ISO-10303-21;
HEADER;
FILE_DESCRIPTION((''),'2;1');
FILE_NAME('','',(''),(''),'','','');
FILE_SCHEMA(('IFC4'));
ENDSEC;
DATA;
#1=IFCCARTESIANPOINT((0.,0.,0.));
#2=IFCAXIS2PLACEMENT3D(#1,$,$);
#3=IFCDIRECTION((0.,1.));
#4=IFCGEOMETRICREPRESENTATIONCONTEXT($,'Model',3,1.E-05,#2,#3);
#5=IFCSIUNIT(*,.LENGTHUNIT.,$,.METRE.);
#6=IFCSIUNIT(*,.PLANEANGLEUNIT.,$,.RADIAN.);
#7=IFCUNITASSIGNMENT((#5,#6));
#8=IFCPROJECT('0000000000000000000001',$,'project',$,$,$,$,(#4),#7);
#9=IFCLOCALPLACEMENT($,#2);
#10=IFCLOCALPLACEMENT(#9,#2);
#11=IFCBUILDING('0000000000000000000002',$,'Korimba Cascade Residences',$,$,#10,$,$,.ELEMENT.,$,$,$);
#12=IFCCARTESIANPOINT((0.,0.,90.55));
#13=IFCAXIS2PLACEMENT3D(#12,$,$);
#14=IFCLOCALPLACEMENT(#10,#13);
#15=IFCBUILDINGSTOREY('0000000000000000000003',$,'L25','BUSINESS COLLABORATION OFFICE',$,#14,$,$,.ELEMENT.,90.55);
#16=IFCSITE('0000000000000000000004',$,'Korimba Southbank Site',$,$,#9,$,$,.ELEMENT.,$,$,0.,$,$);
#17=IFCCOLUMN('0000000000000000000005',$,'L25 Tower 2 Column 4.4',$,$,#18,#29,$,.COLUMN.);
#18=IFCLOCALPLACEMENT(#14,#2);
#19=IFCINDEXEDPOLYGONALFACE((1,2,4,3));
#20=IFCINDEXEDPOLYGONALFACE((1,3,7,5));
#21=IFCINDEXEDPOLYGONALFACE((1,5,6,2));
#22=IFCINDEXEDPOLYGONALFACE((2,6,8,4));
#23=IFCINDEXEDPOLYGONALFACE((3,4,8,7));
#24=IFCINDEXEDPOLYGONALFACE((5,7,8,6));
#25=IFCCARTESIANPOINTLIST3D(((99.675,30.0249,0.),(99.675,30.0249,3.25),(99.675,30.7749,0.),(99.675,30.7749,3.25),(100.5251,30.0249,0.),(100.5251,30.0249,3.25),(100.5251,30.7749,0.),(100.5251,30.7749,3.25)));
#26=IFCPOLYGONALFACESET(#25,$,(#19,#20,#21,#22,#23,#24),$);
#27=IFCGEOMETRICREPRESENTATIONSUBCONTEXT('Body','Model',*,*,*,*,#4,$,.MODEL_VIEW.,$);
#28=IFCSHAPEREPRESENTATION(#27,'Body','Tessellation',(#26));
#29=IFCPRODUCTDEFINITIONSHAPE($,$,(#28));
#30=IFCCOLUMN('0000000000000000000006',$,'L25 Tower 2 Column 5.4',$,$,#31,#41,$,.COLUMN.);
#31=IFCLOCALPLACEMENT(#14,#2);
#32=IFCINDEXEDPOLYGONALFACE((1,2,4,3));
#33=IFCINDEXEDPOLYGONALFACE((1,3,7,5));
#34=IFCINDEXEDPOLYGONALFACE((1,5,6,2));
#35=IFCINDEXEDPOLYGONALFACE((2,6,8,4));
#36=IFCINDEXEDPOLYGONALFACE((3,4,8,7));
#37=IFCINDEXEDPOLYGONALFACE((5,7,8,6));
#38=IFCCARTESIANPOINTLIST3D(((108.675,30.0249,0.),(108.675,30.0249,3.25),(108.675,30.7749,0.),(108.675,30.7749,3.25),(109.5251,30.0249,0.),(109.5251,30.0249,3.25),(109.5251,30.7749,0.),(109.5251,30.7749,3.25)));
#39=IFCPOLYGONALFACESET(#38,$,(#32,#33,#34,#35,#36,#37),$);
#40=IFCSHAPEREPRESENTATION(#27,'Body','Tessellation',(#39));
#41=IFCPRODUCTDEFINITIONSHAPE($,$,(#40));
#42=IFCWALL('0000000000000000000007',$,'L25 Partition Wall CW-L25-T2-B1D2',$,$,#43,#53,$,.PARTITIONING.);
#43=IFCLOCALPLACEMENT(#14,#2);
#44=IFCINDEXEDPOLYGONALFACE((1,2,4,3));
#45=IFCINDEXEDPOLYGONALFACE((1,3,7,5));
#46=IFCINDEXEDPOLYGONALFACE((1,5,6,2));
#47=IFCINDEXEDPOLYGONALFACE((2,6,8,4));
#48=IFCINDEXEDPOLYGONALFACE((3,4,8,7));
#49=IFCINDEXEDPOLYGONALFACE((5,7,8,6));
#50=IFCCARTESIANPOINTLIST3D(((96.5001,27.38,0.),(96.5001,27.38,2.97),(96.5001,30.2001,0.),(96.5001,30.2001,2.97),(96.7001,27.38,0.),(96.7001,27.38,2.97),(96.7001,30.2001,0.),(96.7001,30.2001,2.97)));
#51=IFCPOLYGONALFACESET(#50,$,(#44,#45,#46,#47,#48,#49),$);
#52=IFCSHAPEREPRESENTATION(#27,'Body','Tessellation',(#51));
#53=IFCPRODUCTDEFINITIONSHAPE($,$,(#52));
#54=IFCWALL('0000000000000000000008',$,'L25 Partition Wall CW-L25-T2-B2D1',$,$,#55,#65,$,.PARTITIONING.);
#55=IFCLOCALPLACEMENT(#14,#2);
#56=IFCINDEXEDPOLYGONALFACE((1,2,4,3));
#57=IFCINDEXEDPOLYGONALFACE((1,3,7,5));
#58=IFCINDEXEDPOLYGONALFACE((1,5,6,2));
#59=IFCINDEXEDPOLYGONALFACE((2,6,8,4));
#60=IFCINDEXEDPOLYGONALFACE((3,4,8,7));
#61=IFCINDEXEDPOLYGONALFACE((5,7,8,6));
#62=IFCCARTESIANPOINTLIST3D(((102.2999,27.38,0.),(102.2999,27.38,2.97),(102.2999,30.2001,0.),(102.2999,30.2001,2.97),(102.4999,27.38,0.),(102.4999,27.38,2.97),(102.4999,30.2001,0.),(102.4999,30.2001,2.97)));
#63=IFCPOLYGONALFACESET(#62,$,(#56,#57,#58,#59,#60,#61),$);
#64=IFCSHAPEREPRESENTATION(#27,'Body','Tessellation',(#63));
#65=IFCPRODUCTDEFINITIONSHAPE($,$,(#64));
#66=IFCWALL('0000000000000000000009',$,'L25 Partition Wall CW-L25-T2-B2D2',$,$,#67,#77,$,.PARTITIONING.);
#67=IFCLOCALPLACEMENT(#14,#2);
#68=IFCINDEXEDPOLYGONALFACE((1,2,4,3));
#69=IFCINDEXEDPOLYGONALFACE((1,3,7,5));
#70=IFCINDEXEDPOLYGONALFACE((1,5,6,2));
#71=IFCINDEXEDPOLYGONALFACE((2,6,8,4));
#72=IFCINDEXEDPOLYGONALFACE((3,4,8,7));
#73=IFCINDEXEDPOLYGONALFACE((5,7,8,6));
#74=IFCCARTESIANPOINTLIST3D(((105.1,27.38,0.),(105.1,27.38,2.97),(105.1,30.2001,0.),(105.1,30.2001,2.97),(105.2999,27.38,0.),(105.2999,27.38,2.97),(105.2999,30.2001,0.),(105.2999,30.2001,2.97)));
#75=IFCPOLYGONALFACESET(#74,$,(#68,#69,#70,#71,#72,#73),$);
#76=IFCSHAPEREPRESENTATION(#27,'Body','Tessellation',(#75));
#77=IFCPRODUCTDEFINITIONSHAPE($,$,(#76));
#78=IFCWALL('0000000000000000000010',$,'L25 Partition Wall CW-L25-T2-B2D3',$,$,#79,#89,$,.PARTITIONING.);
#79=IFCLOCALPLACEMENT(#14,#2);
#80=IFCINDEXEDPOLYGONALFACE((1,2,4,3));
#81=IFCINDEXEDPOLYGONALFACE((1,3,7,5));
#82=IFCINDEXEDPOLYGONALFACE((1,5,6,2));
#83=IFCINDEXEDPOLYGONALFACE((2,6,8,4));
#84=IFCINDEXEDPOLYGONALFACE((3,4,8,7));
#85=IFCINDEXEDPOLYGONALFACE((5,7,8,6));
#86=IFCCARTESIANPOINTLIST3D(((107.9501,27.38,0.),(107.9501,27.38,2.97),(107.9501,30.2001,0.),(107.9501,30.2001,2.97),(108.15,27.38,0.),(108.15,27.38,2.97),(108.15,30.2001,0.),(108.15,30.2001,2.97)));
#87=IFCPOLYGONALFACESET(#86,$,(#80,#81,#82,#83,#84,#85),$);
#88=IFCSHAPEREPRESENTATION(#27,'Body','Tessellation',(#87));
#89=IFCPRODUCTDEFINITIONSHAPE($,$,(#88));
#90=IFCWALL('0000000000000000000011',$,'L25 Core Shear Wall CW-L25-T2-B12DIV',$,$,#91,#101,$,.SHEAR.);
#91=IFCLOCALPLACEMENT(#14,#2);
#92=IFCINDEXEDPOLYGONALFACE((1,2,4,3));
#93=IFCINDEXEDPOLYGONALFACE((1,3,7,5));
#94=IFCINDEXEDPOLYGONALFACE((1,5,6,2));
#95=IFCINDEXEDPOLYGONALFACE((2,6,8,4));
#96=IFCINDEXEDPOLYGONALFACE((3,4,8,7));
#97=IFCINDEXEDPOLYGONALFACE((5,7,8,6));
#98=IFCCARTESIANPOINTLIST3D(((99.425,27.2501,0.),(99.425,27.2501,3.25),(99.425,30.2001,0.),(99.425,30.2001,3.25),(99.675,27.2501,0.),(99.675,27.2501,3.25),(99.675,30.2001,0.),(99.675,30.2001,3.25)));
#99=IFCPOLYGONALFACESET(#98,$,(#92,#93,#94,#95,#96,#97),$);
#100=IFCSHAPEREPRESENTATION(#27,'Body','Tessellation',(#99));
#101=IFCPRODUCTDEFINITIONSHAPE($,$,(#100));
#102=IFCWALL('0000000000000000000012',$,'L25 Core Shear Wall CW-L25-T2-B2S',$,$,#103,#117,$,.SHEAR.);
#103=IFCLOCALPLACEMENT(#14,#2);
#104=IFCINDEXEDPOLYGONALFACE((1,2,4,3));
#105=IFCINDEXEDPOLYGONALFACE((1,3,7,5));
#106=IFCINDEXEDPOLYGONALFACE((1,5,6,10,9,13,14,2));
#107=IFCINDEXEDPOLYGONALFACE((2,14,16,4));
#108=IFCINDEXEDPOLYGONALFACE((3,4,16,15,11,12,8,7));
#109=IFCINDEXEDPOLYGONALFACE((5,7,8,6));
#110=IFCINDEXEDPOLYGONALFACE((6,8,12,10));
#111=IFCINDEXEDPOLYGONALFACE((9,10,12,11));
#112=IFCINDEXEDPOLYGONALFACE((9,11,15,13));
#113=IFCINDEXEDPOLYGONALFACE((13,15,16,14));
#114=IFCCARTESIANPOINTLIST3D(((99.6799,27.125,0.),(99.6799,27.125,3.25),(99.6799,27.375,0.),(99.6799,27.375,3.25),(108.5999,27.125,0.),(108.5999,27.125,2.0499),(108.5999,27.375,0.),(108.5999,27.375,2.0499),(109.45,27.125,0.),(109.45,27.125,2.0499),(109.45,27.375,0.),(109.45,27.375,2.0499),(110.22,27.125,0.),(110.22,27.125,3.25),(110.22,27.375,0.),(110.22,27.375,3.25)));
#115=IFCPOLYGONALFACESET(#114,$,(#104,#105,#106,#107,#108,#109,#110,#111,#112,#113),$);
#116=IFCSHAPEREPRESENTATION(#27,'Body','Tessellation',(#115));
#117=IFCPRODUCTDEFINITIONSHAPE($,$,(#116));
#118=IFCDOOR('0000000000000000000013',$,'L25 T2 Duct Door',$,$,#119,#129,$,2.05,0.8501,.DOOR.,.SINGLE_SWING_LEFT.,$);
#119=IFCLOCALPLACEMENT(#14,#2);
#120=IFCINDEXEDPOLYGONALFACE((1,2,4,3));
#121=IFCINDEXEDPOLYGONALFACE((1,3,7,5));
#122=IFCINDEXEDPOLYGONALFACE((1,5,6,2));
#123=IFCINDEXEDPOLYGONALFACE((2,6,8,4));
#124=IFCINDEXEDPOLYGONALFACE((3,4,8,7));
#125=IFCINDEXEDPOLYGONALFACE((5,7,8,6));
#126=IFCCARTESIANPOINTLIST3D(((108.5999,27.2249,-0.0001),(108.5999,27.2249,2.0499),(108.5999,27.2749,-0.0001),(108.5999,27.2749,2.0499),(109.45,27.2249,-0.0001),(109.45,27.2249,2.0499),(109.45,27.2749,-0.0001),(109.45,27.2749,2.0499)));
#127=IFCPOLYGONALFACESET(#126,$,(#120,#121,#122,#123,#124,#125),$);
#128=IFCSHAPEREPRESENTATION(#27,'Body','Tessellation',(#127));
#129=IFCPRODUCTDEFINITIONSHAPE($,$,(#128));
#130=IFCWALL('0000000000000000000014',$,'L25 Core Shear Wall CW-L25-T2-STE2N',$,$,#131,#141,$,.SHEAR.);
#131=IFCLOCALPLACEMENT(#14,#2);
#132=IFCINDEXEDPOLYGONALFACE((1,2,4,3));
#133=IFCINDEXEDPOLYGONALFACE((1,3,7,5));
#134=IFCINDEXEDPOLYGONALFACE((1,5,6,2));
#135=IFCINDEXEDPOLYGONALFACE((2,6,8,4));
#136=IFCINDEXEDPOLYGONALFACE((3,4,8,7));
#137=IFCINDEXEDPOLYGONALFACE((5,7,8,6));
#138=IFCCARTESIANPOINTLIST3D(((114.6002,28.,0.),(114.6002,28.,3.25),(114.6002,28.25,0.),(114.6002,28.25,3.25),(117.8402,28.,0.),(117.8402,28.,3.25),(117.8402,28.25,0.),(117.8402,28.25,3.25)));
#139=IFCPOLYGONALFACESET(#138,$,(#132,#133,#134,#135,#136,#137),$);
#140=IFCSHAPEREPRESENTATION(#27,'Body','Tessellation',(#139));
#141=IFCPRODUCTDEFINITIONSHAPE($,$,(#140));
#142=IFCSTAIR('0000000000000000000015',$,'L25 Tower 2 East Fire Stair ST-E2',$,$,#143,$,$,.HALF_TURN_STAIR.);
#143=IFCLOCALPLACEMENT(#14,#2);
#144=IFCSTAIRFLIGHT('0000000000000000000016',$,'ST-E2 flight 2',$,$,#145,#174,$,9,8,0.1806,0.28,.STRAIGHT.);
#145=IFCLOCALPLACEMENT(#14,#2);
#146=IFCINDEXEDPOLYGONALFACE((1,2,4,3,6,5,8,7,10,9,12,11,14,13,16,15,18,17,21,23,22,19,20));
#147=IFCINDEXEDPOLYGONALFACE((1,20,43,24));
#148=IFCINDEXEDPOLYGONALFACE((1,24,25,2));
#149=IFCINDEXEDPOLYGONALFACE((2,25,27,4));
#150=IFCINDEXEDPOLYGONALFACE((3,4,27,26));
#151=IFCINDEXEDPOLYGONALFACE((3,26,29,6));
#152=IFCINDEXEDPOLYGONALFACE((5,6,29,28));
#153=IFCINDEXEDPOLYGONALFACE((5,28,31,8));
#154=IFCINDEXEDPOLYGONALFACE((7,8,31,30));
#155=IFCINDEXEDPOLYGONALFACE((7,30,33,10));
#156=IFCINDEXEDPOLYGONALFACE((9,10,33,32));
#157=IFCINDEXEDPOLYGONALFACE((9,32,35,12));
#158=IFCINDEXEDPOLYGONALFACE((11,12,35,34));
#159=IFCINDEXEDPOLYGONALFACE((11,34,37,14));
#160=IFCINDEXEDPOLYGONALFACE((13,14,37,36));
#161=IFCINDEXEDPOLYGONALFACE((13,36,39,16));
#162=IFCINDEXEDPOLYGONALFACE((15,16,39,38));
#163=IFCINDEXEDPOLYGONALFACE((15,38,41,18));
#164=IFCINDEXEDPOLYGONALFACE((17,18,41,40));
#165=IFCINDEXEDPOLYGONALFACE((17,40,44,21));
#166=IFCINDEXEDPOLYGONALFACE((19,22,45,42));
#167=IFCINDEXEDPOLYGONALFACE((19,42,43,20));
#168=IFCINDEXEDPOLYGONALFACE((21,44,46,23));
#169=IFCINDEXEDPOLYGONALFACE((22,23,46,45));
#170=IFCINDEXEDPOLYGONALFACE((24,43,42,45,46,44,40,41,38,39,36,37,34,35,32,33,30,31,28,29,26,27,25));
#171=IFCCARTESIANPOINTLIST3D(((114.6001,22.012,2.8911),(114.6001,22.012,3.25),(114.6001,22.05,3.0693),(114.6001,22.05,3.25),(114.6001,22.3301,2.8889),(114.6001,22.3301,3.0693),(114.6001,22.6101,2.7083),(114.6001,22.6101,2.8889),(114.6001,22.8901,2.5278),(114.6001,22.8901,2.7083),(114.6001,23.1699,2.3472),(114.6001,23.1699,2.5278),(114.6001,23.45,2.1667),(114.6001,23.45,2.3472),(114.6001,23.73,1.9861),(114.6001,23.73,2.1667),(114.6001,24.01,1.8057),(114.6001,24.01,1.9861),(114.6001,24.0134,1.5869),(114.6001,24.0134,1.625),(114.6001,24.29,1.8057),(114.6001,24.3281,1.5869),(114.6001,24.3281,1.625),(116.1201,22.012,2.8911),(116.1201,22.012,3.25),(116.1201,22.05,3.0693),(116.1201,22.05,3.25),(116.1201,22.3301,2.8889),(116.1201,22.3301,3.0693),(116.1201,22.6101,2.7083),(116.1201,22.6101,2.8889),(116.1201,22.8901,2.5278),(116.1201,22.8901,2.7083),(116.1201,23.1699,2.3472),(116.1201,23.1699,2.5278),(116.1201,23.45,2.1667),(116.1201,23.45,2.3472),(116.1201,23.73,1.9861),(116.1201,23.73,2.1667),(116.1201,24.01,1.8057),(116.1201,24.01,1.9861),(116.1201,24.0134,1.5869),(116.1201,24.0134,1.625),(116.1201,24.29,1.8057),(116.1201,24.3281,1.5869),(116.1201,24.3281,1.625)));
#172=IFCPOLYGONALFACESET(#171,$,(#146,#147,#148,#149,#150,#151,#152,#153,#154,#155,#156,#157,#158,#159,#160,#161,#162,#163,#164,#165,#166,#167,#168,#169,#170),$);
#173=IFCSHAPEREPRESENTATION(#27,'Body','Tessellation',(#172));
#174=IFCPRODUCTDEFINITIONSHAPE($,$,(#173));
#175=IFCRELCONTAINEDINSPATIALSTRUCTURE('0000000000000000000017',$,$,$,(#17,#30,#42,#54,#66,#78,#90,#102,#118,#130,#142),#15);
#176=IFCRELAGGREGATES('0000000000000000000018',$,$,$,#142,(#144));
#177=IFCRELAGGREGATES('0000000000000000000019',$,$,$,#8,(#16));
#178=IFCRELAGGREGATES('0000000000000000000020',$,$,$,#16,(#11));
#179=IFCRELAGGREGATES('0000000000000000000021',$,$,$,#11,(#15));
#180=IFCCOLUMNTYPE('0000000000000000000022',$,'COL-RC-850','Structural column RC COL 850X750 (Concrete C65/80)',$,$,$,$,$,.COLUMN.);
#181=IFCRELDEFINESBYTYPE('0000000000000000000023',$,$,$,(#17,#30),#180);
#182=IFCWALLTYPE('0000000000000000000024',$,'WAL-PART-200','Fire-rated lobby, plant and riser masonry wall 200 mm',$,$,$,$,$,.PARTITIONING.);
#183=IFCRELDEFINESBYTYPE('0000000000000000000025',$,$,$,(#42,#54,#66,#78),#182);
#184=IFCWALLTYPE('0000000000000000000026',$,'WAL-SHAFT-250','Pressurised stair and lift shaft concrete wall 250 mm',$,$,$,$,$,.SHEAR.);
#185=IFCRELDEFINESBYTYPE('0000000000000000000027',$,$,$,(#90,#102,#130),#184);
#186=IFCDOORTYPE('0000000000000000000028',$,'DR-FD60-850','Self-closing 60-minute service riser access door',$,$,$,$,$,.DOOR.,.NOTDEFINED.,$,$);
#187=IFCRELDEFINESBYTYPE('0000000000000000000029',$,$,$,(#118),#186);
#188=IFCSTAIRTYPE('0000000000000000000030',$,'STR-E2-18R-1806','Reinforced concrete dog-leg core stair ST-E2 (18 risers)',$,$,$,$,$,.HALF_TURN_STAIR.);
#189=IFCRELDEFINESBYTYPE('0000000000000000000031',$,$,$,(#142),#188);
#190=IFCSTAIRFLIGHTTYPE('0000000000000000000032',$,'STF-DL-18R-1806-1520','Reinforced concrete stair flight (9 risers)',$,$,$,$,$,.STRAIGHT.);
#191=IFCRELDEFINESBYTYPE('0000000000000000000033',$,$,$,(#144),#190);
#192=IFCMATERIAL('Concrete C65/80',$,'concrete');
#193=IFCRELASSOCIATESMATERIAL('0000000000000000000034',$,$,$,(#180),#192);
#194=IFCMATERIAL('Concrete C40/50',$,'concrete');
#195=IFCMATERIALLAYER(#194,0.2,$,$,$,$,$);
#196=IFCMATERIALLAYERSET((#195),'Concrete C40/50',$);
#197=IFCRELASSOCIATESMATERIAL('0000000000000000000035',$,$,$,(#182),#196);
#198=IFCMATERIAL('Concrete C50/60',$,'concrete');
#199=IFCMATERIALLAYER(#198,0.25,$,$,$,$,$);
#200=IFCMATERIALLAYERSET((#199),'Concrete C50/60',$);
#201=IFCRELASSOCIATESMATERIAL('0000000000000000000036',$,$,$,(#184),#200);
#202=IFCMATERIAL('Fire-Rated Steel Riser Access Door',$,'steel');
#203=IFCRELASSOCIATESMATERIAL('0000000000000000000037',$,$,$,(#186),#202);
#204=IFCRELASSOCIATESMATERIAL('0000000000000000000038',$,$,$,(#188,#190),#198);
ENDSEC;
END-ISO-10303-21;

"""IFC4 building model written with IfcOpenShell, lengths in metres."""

from ifc_helpers import new_model, si_unit, direction, frame, frame_2d, origin, origin_2d, place, context, subcontext, project, spatial, polyline, rectangle, outline, extrude, material, layer, layer_set, material_profile, profile_set, type_object, element, fill, aggregate, save


model = new_model("IFC4")

# Units and contexts
model_context = context("Model", 3, precision=1e-05, world=origin(), true_north=direction((0.0, 1.0)))
body_context = subcontext(model_context, "Body", "Model", "MODEL_VIEW")
ifc_project = project(units=[si_unit("LENGTHUNIT", "METRE"), si_unit("PLANEANGLEUNIT", "RADIAN")], contexts=[model_context])

# Site, building, storey
site_placement = place(None, origin())
site = spatial("IfcSite", under=ifc_project, at=site_placement, Name="Korimba Southbank Site", CompositionType="ELEMENT", RefElevation=0.0)
building_placement = place(site_placement, origin())
building = spatial("IfcBuilding", under=site, at=building_placement, Name="Korimba Cascade Residences", CompositionType="ELEMENT")
storey_placement = place(building_placement, frame((0.0, 0.0, 90.55)))
storey = spatial("IfcBuildingStorey", under=building, at=storey_placement, Name="L25", Description="BUSINESS COLLABORATION OFFICE", CompositionType="ELEMENT", Elevation=90.55)

# Columns
ifc_material_1 = material(Name="Concrete C65/80", Category="concrete")
ifc_material_profile = material_profile(ifc_material_1, rectangle(XDim=0.8501, YDim=0.75, at=origin_2d()), Name="Concrete C65/80")
ifc_profile_set = profile_set([ifc_material_profile], Name="Concrete C65/80")
column_type = type_object("IfcColumnType", Name="COL-RC-850", Description="Structural column RC COL 850X750 (Concrete C65/80)", PredefinedType="COLUMN", material=ifc_profile_set)
for number, where, z_axis, x_axis, name in (
    (1, (100.1001, 30.3999, 0.0), (0.0, 0.0, 1.0), (1.0, 0.0, 0.0), "L25 Tower 2 Column 4.4"),
    (2, (109.1001, 30.3999, 0.0), (0.0, 0.0, 1.0), (1.0, 0.0, 0.0), "L25 Tower 2 Column 5.4"),
):
    element("IfcColumn", number, at=place(storey_placement, frame(where, z_axis=z_axis, x_axis=x_axis)), inside=storey, type_object=column_type, Name=name, PredefinedType="COLUMN", context=body_context, shape_type="SweptSolid", body=[
        extrude(rectangle(XDim=0.8501, YDim=0.75, at=origin_2d()), origin(), (0.0, 0.0, 1.0), 3.25),
    ])

# Walls
ifc_material_2 = material(Name="Concrete C40/50", Category="concrete")
ifc_layer_1 = layer(ifc_material_2, 0.2)
ifc_layer_set_1 = layer_set([ifc_layer_1], Name="Concrete C40/50")
wall_type_1 = type_object("IfcWallType", Name="WAL-PART-200", Description="Fire-rated lobby, plant and riser masonry wall 200 mm", PredefinedType="PARTITIONING", material=ifc_layer_set_1)
for number, where, z_axis, x_axis, name in (
    (3, (96.6001, 27.3799, 0.0), (0.0, 0.0, 1.0), (0.0, 1.0, 0.0), "L25 Partition Wall CW-L25-T2-B1D2"),
    (4, (102.3999, 27.3799, 0.0), (0.0, 0.0, 1.0), (0.0, 1.0, 0.0), "L25 Partition Wall CW-L25-T2-B2D1"),
    (5, (105.2, 27.3799, 0.0), (0.0, 0.0, 1.0), (0.0, 1.0, 0.0), "L25 Partition Wall CW-L25-T2-B2D2"),
    (6, (108.05, 27.3799, 0.0), (0.0, 0.0, 1.0), (0.0, 1.0, 0.0), "L25 Partition Wall CW-L25-T2-B2D3"),
):
    element("IfcWall", number, at=place(storey_placement, frame(where, z_axis=z_axis, x_axis=x_axis)), inside=storey, type_object=wall_type_1, Name=name, PredefinedType="PARTITIONING", context=body_context, shape_type="SweptSolid", body=[
        extrude(rectangle(XDim=2.8201, YDim=0.2, at=frame_2d((1.4102, 0.0))), origin(), (0.0, 0.0, 1.0), 2.97),
    ])
ifc_material_3 = material(Name="Concrete C50/60", Category="concrete")
ifc_layer_2 = layer(ifc_material_3, 0.25)
ifc_layer_set_2 = layer_set([ifc_layer_2], Name="Concrete C50/60")
wall_type_2 = type_object("IfcWallType", Name="WAL-SHAFT-250", Description="Pressurised stair and lift shaft concrete wall 250 mm", PredefinedType="SHEAR", material=ifc_layer_set_2)
wall_1_placement = place(storey_placement, frame((99.55, 27.25, 0.0), z_axis=(0.0, 0.0, 1.0), x_axis=(0.0, 1.0, 0.0)))
element("IfcWall", 7, at=wall_1_placement, inside=storey, type_object=wall_type_2, Name="L25 Core Shear Wall CW-L25-T2-B12DIV", PredefinedType="SHEAR", context=body_context, shape_type="SweptSolid", body=[
    extrude(rectangle(XDim=2.95, YDim=0.25, at=frame_2d((1.4751, 0.0))), origin(), (0.0, 0.0, 1.0), 3.25),
])

# Wall, opening, door
wall_2_placement = place(storey_placement, frame((99.6799, 27.25, 0.0), z_axis=(0.0, 0.0, 1.0), x_axis=(1.0, 0.0, 0.0)))
wall_2 = element("IfcWall", 8, at=wall_2_placement, inside=storey, type_object=wall_type_2, Name="L25 Core Shear Wall CW-L25-T2-B2S", PredefinedType="SHEAR", context=body_context, shape_type="SweptSolid", body=[
    extrude(rectangle(XDim=10.54, YDim=0.25, at=frame_2d((5.27, 0.0))), origin(), (0.0, 0.0, 1.0), 3.25),
])
opening_placement = place(wall_2_placement, frame((8.9199, 0.0, 0.0)))
opening = element("IfcOpeningElement", 9, at=opening_placement, cuts=wall_2, PredefinedType="OPENING", context=body_context, shape_type="SweptSolid", body=[
    extrude(rectangle(XDim=0.8501, YDim=2.05, at=frame_2d((0.425, 1.0249))), frame((0.0, 0.135, 0.0), z_axis=(0.0, -1.0, 0.0), x_axis=(1.0, 0.0, 0.0)), (0.0, 0.0, 1.0), 0.27),
])
ifc_material_4 = material(Name="Fire-Rated Steel Riser Access Door", Category="steel")
door_type = type_object("IfcDoorType", Name="DR-FD60-850", Description="Self-closing 60-minute service riser access door", OperationType="NOTDEFINED", PredefinedType="DOOR", material=ifc_material_4)
door_placement = place(opening_placement, origin())
door = element("IfcDoor", 10, at=door_placement, inside=storey, type_object=door_type, Name="L25 T2 Duct Door", OperationType="SINGLE_SWING_LEFT", OverallHeight=2.05, OverallWidth=0.8501, PredefinedType="DOOR", context=body_context, shape_type="SweptSolid", body=[
    extrude(rectangle(XDim=0.8501, YDim=2.05, at=frame_2d((0.425, 1.0249))), frame((0.0, 0.0249, 0.0), z_axis=(0.0, -1.0, 0.0), x_axis=(1.0, 0.0, 0.0)), (0.0, 0.0, 1.0), 0.05),
])
fill(opening, door)

# Wall
wall_3_placement = place(storey_placement, frame((114.6001, 28.125, 0.0), z_axis=(0.0, 0.0, 1.0), x_axis=(1.0, 0.0, 0.0)))
element("IfcWall", 11, at=wall_3_placement, inside=storey, type_object=wall_type_2, Name="L25 Core Shear Wall CW-L25-T2-STE2N", PredefinedType="SHEAR", context=body_context, shape_type="SweptSolid", body=[
    extrude(rectangle(XDim=3.24, YDim=0.25, at=frame_2d((1.6201, 0.0))), origin(), (0.0, 0.0, 1.0), 3.25),
])

# Stair, stair flight
stair_type = type_object("IfcStairType", Name="STR-E2-18R-1806", Description="Reinforced concrete dog-leg core stair ST-E2 (18 risers)", PredefinedType="HALF_TURN_STAIR", material=ifc_material_3)
stair_placement = place(storey_placement, origin())
stair = element("IfcStair", 12, at=stair_placement, inside=storey, type_object=stair_type, Name="L25 Tower 2 East Fire Stair ST-E2", PredefinedType="HALF_TURN_STAIR")
stair_flight_type = type_object("IfcStairFlightType", Name="STF-DL-18R-1806-1520", Description="Reinforced concrete stair flight (9 risers)", PredefinedType="STRAIGHT", material=ifc_material_3)
stair_flight_placement = place(storey_placement, frame((115.3601, 24.29, 1.625), z_axis=(0.0, 0.0, 1.0), x_axis=(0.0, -1.0, 0.0)))
stair_flight = element("IfcStairFlight", 13, at=stair_flight_placement, type_object=stair_flight_type, Name="ST-E2 flight 2", NumberOfRisers=9, NumberOfTreads=8, PredefinedType="STRAIGHT", RiserHeight=0.1806, TreadLength=0.28, context=body_context, shape_type="SweptSolid", body=[
    extrude(outline(polyline([(-0.0381, 0.0), (0.0, 0.1807), (0.28, 0.1807), (0.28, 0.3611), (0.5601, 0.3611), (0.5601, 0.5417), (0.8401, 0.5417), (0.8401, 0.7222), (1.1201, 0.7222), (1.1201, 0.9028), (1.3999, 0.9028), (1.3999, 1.0833), (1.6799, 1.0833), (1.6799, 1.2639), (1.96, 1.2639), (1.96, 1.4443), (2.24, 1.4443), (2.24, 1.625), (2.2781, 1.625), (2.2781, 1.2661), (0.2766, 0.0), (0.2766, -0.0381), (-0.0381, -0.0381), (-0.0381, 0.0)])), frame((0.0, 0.76, 0.0), z_axis=(0.0, -1.0, 0.0), x_axis=(1.0, 0.0, 0.0)), (0.0, 0.0, 1.0), 1.52),
])
aggregate(stair, [stair_flight])

save(model, "model.ifc")
